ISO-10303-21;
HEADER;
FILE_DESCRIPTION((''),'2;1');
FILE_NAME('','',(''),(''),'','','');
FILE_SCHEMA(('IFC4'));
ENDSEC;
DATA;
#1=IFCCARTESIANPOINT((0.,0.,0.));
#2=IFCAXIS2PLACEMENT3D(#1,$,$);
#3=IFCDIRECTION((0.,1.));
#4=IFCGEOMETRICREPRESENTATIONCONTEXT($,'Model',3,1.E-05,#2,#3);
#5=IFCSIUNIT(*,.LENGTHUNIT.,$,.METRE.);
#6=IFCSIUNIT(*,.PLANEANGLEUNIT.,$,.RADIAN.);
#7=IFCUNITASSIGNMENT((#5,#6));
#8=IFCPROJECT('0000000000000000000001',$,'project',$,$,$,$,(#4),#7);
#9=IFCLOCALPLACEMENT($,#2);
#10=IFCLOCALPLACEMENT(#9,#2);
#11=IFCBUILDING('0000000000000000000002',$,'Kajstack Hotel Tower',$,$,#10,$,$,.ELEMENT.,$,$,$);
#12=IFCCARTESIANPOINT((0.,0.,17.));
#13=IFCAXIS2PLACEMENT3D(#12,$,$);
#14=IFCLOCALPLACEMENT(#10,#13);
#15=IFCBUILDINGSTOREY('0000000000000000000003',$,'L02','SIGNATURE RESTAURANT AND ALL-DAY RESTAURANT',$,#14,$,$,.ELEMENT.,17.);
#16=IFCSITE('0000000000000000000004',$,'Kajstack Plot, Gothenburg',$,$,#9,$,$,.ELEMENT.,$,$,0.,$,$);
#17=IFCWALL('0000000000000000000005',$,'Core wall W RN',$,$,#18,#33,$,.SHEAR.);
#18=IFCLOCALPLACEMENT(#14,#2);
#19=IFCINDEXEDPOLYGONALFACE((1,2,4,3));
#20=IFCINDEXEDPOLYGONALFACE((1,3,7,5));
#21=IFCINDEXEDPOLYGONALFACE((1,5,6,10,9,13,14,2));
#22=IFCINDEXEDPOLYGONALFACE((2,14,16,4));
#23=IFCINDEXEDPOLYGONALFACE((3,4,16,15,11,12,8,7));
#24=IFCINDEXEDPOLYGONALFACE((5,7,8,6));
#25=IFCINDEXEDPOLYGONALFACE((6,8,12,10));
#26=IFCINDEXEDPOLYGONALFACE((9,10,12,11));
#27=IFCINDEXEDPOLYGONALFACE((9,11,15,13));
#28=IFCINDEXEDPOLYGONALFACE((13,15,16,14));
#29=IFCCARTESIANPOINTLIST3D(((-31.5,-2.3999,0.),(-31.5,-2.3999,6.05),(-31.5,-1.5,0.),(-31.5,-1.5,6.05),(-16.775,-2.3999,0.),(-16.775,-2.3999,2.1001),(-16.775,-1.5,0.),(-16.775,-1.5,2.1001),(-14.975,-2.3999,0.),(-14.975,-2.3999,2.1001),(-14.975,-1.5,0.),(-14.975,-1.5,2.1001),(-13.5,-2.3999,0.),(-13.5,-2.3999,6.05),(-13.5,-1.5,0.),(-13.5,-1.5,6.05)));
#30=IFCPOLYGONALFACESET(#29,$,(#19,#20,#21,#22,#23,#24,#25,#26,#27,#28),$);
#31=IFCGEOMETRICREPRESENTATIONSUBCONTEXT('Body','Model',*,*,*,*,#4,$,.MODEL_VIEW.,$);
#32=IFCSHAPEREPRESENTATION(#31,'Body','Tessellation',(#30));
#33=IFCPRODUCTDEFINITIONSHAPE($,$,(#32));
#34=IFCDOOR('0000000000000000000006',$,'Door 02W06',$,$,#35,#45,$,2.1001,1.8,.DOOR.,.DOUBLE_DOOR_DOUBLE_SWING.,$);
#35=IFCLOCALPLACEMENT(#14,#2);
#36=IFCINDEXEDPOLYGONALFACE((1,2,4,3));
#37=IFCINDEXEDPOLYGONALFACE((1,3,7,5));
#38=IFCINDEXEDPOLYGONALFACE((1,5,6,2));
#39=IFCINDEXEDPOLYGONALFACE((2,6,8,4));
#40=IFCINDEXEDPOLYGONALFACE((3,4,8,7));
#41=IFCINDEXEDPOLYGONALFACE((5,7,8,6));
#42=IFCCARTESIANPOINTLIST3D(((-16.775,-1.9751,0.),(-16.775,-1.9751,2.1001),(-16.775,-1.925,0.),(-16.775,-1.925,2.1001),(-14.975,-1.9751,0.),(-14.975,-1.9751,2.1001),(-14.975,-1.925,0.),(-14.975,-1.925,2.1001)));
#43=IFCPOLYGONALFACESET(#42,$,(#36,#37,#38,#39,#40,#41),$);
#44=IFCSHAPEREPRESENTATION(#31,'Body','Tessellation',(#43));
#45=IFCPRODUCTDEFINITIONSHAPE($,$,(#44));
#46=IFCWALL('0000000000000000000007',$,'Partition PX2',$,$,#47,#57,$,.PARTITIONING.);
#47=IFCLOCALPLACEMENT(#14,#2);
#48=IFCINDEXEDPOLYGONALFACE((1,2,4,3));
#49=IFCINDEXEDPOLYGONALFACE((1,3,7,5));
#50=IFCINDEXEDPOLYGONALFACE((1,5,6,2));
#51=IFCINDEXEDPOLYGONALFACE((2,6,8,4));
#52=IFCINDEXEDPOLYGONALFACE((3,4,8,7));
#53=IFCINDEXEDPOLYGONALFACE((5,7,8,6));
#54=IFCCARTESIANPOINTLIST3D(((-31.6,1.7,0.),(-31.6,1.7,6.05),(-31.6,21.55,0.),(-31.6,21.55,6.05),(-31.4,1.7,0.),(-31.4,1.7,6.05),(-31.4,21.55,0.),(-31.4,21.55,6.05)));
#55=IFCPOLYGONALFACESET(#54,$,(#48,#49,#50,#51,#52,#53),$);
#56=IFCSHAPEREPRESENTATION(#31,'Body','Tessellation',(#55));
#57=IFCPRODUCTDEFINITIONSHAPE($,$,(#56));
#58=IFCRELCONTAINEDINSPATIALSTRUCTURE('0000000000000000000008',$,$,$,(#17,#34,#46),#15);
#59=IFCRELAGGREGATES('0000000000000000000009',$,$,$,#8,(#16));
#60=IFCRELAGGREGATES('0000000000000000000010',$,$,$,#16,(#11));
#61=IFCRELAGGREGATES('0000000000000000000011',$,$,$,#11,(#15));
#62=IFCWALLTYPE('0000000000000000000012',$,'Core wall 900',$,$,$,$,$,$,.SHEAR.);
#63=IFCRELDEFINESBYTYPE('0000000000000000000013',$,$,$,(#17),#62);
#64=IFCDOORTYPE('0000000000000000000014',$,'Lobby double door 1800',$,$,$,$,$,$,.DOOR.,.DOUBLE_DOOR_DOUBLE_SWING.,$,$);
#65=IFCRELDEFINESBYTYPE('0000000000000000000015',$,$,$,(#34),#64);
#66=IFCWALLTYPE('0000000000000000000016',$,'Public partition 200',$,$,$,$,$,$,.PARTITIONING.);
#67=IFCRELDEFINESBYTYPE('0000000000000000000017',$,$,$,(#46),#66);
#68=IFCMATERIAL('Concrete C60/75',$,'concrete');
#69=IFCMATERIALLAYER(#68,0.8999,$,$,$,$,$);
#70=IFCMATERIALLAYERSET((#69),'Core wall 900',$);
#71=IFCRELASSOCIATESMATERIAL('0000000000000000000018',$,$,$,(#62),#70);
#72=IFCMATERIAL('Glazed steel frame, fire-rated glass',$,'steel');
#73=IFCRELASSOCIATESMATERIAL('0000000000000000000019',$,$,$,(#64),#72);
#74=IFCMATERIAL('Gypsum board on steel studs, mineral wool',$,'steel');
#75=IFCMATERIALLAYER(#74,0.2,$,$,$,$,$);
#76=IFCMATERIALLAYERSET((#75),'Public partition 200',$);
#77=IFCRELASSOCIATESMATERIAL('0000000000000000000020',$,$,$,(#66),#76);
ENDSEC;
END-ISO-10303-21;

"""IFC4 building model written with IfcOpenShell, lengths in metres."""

from ifc_helpers import new_model, si_unit, direction, frame, frame_2d, origin, place, context, subcontext, project, spatial, rectangle, extrude, material, layer, layer_set, type_object, element, fill, save


model = new_model("IFC4")

# Units and contexts
model_context = context("Model", 3, precision=1e-05, world=origin(), true_north=direction((0.0, 1.0)))
body_context = subcontext(model_context, "Body", "Model", "MODEL_VIEW")
ifc_project = project(units=[si_unit("LENGTHUNIT", "METRE"), si_unit("PLANEANGLEUNIT", "RADIAN")], contexts=[model_context])

# Site, building, storey
site_placement = place(None, origin())
site = spatial("IfcSite", under=ifc_project, at=site_placement, Name="Kajstack Plot, Gothenburg", CompositionType="ELEMENT", RefElevation=0.0)
building_placement = place(site_placement, origin())
building = spatial("IfcBuilding", under=site, at=building_placement, Name="Kajstack Hotel Tower", CompositionType="ELEMENT")
storey_placement = place(building_placement, frame((0.0, 0.0, 17.0)))
storey = spatial("IfcBuildingStorey", under=building, at=storey_placement, Name="L02", Description="SIGNATURE RESTAURANT AND ALL-DAY RESTAURANT", CompositionType="ELEMENT", Elevation=17.0)

# Wall, opening, door
ifc_material_1 = material(Name="Concrete C60/75", Category="concrete")
ifc_layer_1 = layer(ifc_material_1, 0.8999)
ifc_layer_set_1 = layer_set([ifc_layer_1], Name="Core wall 900")
wall_type_1 = type_object("IfcWallType", Name="Core wall 900", PredefinedType="SHEAR", material=ifc_layer_set_1)
wall_1_placement = place(storey_placement, frame((-31.5, -1.95, 0.0), z_axis=(0.0, 0.0, 1.0), x_axis=(1.0, 0.0, 0.0)))
wall_1 = element("IfcWall", 1, at=wall_1_placement, inside=storey, type_object=wall_type_1, Name="Core wall W RN", PredefinedType="SHEAR", context=body_context, shape_type="SweptSolid", body=[
    extrude(rectangle(XDim=18.0, YDim=0.8999, at=frame_2d((9.0, 0.0))), origin(), (0.0, 0.0, 1.0), 6.05),
])
opening_1_placement = place(wall_1_placement, frame((14.7251, 0.0, 0.0)))
opening_1 = element("IfcOpeningElement", 2, at=opening_1_placement, cuts=wall_1, PredefinedType="OPENING", context=body_context, shape_type="SweptSolid", body=[
    extrude(rectangle(XDim=1.8, YDim=2.1001, at=frame_2d((0.8999, 1.05))), frame((0.0, 0.46, 0.0), z_axis=(0.0, -1.0, 0.0), x_axis=(1.0, 0.0, 0.0)), (0.0, 0.0, 1.0), 0.9199),
])
ifc_material_2 = material(Name="Glazed steel frame, fire-rated glass", Category="steel")
door_type_1 = type_object("IfcDoorType", Name="Lobby double door 1800", OperationType="DOUBLE_DOOR_DOUBLE_SWING", PredefinedType="DOOR", material=ifc_material_2)
door_1_placement = place(opening_1_placement, origin())
door_1 = element("IfcDoor", 3, at=door_1_placement, inside=storey, type_object=door_type_1, Name="Door 02W06", OperationType="DOUBLE_DOOR_DOUBLE_SWING", OverallHeight=2.1001, OverallWidth=1.8, PredefinedType="DOOR", context=body_context, shape_type="SweptSolid", body=[
    extrude(rectangle(XDim=1.8, YDim=2.1001, at=frame_2d((0.8999, 1.05))), frame((0.0, 0.0249, 0.0), z_axis=(0.0, -1.0, 0.0), x_axis=(1.0, 0.0, 0.0)), (0.0, 0.0, 1.0), 0.05),
])
fill(opening_1, door_1)

# Wall
ifc_material_3 = material(Name="Gypsum board on steel studs, mineral wool", Category="steel")
ifc_layer_2 = layer(ifc_material_3, 0.2)
ifc_layer_set_2 = layer_set([ifc_layer_2], Name="Public partition 200")
wall_type_2 = type_object("IfcWallType", Name="Public partition 200", PredefinedType="PARTITIONING", material=ifc_layer_set_2)
wall_2_placement = place(storey_placement, frame((-31.5, 1.7, 0.0), z_axis=(0.0, 0.0, 1.0), x_axis=(0.0, 1.0, 0.0)))
element("IfcWall", 4, at=wall_2_placement, inside=storey, type_object=wall_type_2, Name="Partition PX2", PredefinedType="PARTITIONING", context=body_context, shape_type="SweptSolid", body=[
    extrude(rectangle(XDim=19.8501, YDim=0.2, at=frame_2d((9.925, 0.0))), origin(), (0.0, 0.0, 1.0), 6.05),
])

save(model, "model.ifc")
